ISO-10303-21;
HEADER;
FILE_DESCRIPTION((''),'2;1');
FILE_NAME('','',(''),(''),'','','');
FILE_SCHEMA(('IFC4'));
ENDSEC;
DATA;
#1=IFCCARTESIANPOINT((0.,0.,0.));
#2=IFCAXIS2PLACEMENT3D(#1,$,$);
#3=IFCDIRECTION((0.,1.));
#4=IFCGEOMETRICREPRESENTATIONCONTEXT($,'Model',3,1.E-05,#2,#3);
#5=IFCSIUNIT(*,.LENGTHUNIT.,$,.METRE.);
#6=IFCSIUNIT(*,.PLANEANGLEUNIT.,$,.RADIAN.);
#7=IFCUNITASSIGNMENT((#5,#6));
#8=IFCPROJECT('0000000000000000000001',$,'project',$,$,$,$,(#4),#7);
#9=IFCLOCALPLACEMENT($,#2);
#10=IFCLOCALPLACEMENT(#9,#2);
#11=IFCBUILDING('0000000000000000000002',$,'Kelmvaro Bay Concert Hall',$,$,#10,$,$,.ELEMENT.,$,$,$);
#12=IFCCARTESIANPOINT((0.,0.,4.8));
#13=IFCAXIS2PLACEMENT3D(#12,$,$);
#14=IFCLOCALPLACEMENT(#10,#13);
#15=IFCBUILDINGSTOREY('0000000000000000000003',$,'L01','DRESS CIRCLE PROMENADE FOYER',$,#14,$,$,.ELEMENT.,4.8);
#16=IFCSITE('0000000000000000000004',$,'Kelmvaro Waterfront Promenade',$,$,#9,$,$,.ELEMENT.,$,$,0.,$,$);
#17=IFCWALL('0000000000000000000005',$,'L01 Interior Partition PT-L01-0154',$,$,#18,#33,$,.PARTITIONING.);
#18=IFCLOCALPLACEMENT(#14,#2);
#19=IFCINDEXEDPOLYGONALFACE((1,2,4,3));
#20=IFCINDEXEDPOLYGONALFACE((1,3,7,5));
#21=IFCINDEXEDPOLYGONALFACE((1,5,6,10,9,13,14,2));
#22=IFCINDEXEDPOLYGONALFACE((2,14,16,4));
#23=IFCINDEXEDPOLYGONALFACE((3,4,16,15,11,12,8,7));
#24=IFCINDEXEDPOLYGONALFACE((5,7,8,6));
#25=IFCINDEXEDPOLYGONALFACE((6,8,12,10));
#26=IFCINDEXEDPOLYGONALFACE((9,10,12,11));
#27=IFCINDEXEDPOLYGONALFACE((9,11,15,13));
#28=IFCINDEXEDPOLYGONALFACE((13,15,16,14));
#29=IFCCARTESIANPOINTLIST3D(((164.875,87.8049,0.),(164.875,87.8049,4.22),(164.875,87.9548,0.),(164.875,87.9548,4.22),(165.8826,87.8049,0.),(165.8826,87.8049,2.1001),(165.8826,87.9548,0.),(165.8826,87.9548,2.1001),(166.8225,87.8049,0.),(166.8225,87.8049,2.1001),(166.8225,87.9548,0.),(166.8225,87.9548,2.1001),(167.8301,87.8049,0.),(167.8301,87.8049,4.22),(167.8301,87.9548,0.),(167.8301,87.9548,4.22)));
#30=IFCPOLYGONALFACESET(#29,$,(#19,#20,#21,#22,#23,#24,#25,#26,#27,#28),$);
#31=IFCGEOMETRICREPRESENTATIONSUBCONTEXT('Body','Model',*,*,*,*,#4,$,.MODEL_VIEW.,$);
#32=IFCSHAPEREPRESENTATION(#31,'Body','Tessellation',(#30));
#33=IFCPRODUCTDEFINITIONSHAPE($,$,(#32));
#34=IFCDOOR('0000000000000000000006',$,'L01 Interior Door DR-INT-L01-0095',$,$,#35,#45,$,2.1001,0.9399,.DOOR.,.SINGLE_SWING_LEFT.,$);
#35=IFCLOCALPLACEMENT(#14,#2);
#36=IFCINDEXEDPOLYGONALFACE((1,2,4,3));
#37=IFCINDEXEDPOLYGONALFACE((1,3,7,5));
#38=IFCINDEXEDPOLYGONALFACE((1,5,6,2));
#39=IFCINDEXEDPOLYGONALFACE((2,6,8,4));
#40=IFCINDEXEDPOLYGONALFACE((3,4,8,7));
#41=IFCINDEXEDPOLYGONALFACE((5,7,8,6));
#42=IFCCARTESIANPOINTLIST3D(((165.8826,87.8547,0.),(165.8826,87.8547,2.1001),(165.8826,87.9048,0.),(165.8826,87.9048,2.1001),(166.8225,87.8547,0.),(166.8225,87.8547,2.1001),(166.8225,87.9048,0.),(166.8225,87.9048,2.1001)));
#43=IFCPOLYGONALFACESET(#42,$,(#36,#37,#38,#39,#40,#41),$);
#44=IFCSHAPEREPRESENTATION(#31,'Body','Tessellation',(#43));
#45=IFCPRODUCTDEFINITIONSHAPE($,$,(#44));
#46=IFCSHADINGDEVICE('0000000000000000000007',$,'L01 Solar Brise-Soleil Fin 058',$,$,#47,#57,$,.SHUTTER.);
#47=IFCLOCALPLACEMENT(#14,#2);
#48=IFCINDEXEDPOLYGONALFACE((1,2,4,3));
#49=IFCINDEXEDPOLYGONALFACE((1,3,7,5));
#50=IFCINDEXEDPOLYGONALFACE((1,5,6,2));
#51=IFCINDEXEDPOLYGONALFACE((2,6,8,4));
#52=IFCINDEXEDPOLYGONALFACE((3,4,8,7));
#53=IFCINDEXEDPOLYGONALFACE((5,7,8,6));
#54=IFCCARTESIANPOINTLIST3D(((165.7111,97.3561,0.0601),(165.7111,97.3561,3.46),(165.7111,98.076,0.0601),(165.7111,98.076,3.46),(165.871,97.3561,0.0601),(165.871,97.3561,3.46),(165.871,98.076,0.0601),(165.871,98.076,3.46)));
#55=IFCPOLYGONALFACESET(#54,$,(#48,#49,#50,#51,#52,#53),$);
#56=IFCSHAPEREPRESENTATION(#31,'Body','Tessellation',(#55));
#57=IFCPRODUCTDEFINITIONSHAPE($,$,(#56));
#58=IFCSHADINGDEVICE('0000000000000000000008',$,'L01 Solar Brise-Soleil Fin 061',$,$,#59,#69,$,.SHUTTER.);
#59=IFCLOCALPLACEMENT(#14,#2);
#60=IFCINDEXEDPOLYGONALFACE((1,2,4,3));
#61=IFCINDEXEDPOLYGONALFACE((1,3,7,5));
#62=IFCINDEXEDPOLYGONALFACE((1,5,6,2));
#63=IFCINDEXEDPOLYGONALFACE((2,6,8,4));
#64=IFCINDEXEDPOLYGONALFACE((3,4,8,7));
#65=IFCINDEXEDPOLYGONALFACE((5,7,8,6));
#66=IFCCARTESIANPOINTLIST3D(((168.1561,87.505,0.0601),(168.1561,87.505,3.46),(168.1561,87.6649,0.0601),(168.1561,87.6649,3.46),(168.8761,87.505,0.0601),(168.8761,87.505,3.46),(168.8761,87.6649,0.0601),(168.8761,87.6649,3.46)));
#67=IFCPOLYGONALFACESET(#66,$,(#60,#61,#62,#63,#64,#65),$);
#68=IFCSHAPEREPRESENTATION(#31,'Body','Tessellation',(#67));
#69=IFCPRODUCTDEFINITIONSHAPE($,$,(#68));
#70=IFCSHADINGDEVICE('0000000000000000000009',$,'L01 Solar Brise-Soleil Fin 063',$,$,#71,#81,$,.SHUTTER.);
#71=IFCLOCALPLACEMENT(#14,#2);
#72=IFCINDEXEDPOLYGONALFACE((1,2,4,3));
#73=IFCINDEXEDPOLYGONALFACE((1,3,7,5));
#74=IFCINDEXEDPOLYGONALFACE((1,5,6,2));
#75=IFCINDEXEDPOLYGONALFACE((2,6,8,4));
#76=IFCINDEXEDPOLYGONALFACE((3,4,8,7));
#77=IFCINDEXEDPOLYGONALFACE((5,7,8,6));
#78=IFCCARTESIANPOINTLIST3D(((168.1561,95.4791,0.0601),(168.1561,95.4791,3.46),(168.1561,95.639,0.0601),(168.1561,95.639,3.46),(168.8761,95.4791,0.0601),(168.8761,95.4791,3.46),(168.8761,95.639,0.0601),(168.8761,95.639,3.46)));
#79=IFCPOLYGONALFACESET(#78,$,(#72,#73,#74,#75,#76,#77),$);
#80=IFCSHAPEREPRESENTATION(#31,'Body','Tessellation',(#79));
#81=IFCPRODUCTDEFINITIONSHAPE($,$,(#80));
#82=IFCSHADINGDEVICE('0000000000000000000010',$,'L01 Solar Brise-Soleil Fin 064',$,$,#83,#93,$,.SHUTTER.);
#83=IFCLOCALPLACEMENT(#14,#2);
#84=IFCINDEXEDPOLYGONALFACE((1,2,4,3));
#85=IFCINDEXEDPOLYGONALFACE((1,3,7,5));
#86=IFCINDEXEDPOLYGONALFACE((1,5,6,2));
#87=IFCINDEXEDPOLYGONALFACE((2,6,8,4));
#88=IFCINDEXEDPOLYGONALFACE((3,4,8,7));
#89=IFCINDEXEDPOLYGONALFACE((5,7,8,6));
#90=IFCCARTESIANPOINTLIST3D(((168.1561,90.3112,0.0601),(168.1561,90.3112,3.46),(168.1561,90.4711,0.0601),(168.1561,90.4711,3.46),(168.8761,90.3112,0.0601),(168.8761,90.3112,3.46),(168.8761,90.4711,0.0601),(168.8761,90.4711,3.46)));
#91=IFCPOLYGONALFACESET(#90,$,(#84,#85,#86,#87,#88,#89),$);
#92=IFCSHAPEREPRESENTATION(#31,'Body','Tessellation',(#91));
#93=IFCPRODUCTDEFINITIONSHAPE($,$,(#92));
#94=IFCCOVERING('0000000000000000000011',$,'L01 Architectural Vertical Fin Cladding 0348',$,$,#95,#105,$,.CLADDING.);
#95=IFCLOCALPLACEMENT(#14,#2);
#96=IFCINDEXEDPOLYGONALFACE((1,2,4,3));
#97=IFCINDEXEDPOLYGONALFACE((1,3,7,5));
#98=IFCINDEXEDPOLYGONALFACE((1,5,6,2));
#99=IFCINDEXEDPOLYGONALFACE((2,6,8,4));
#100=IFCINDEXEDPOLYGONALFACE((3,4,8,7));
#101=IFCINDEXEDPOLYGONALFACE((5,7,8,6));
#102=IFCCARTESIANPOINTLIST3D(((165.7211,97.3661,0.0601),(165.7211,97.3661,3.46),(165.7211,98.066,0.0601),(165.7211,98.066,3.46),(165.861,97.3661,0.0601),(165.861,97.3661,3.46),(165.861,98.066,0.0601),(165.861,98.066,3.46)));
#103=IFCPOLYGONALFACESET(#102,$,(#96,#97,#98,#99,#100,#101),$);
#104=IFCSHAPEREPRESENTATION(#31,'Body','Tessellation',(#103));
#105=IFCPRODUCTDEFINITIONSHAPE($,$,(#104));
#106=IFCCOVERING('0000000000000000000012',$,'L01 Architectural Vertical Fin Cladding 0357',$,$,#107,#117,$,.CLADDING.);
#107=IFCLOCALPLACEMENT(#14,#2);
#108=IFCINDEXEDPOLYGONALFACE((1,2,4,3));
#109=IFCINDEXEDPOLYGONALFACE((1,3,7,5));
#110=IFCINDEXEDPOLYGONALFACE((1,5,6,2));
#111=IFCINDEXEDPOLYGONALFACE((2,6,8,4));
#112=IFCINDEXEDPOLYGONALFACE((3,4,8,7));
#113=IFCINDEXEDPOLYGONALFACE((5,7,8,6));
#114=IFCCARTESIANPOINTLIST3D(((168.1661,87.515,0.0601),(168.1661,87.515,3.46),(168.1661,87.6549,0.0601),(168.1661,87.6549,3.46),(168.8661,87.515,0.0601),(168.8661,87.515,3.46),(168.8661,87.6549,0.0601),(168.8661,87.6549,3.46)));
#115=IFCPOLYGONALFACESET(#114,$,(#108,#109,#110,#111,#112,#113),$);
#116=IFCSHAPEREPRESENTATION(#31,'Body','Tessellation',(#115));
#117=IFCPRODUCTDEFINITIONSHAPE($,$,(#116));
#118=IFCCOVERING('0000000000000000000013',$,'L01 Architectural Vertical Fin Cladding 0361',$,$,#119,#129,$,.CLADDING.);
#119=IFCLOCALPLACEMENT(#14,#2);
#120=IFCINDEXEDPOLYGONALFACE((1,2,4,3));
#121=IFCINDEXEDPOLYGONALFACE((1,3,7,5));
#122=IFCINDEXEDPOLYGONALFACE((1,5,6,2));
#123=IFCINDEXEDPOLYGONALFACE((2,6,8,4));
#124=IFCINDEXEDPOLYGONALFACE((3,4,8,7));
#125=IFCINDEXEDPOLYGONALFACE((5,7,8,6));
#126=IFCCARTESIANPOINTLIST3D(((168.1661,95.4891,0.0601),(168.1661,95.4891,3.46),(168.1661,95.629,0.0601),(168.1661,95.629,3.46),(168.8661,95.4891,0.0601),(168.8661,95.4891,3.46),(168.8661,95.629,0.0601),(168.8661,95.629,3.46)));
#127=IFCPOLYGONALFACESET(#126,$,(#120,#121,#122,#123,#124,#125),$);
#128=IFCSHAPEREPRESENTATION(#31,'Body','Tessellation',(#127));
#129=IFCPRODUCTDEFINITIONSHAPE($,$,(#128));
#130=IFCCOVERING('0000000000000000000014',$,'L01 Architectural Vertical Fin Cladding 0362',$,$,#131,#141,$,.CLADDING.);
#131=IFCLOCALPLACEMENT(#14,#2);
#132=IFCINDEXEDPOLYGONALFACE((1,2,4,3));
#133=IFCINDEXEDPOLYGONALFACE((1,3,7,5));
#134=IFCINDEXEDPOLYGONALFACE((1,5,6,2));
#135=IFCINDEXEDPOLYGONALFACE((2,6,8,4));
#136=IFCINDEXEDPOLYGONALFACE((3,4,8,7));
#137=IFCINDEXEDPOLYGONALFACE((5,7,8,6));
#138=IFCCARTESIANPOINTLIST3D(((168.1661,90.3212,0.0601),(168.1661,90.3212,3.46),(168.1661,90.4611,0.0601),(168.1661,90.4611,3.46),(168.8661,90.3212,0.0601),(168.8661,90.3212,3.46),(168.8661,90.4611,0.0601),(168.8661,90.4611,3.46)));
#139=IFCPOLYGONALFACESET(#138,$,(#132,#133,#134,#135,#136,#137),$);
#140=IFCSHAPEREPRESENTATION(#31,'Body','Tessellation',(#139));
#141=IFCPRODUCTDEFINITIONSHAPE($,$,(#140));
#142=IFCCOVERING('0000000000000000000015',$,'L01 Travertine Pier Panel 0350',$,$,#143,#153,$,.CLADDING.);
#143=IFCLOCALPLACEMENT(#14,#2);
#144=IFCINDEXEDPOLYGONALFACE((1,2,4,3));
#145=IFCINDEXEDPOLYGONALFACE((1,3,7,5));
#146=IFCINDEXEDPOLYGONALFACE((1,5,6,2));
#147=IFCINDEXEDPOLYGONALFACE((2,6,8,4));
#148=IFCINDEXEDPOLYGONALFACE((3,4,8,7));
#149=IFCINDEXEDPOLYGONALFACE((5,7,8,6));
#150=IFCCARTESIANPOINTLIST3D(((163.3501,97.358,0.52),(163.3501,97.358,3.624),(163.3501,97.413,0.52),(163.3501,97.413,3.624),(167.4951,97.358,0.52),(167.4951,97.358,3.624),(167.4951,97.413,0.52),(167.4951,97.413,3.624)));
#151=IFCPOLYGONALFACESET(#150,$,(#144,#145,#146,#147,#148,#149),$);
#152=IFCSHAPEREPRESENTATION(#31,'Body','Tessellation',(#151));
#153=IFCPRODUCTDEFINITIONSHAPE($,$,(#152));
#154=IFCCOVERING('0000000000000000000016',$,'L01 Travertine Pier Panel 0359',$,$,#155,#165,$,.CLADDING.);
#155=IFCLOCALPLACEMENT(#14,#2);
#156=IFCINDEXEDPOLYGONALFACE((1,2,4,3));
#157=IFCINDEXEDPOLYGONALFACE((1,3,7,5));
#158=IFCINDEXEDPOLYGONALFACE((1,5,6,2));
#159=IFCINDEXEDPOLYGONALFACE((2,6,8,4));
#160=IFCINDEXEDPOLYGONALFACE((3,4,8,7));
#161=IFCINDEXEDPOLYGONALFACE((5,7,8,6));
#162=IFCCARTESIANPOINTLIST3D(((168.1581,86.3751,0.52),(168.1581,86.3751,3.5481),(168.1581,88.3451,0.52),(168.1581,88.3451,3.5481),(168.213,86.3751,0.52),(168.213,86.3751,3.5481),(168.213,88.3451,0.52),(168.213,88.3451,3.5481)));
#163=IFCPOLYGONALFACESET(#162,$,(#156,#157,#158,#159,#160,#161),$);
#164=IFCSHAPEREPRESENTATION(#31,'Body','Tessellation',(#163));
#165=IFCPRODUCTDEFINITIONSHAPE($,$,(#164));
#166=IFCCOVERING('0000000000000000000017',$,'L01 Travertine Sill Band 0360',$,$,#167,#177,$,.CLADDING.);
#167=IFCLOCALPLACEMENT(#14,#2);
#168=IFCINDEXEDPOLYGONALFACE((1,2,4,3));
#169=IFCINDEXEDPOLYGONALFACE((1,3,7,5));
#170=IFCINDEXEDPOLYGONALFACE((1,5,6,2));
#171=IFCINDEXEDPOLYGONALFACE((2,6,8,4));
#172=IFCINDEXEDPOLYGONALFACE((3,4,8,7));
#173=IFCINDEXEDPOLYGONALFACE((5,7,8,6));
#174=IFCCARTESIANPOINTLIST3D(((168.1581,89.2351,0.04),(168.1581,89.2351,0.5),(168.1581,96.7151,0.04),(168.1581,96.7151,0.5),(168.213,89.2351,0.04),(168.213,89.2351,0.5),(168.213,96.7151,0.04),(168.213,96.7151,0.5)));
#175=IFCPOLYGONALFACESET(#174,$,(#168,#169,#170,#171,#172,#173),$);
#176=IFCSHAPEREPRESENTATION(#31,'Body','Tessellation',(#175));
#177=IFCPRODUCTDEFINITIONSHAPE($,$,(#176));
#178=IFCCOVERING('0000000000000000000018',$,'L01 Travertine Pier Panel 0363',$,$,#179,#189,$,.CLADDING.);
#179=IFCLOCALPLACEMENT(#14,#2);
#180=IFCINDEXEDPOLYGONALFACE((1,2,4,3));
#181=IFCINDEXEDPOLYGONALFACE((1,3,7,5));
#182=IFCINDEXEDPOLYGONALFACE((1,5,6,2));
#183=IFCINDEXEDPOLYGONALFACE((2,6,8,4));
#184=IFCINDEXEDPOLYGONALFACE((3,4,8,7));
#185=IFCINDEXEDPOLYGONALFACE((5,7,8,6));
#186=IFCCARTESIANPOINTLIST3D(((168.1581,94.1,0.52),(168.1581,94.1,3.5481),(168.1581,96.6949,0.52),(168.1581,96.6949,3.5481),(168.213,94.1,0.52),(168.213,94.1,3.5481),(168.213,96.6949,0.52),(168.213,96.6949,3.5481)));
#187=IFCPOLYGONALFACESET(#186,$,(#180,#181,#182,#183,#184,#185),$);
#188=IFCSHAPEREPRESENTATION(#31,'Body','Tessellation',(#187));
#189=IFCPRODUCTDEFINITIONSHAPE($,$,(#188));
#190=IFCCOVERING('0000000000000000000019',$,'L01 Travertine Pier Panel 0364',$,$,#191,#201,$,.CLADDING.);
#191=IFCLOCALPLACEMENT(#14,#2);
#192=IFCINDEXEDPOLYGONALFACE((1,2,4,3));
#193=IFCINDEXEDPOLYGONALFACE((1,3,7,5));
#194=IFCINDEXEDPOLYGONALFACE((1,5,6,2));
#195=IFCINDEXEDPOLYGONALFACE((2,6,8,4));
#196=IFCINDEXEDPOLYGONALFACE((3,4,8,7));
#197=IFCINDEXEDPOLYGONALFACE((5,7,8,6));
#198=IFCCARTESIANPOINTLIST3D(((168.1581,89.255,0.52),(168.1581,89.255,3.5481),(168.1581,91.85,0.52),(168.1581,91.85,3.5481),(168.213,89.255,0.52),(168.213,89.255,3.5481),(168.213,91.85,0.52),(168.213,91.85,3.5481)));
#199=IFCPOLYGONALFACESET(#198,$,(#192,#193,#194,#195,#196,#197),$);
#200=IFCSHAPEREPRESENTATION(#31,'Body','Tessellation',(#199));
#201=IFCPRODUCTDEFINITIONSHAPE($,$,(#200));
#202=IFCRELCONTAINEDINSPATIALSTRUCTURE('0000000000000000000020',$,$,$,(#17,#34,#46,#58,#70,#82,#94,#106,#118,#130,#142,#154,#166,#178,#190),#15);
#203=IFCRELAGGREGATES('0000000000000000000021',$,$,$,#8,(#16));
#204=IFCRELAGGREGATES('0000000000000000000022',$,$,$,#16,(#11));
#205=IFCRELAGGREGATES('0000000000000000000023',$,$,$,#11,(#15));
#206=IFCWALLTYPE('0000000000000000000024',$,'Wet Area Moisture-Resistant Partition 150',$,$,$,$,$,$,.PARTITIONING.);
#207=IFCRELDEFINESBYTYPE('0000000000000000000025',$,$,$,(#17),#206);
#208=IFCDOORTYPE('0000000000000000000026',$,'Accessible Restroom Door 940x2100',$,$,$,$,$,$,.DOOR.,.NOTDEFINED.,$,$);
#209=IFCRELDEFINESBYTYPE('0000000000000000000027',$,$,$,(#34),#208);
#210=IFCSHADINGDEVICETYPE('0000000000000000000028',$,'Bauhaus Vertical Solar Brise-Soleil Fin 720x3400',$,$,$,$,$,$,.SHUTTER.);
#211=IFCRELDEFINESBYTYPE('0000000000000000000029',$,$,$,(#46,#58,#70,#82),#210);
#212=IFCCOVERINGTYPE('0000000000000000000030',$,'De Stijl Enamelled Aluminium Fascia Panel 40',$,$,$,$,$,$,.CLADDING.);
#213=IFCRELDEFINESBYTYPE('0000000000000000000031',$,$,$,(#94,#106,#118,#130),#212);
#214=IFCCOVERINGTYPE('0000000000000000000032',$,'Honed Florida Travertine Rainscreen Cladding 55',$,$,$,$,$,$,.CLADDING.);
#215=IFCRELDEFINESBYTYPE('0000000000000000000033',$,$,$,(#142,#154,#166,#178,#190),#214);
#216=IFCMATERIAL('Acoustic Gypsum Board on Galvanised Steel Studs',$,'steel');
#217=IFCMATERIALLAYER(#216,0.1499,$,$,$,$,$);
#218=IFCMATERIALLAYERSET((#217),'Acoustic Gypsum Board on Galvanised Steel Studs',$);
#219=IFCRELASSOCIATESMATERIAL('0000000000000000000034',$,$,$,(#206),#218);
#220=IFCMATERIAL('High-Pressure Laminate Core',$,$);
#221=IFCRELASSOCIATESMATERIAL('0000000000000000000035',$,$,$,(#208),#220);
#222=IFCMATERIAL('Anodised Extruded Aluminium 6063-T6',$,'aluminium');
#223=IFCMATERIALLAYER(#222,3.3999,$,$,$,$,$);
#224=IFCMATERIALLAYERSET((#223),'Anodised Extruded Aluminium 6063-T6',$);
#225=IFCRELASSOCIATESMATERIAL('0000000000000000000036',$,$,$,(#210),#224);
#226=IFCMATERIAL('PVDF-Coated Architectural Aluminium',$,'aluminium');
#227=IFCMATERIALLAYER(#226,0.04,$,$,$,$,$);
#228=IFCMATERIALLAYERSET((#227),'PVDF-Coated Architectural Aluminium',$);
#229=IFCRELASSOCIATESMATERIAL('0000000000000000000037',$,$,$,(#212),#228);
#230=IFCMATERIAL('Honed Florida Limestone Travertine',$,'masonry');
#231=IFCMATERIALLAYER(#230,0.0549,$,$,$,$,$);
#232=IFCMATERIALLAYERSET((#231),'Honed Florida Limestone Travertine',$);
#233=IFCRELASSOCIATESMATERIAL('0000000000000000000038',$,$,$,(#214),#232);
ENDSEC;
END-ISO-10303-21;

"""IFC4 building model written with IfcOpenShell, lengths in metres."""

from ifc_helpers import new_model, si_unit, direction, frame, frame_2d, origin, origin_2d, place, context, subcontext, project, spatial, rectangle, extrude, material, layer, layer_set, type_object, element, fill, save


model = new_model("IFC4")

# Units and contexts
model_context = context("Model", 3, precision=1e-05, world=origin(), true_north=direction((0.0, 1.0)))
body_context = subcontext(model_context, "Body", "Model", "MODEL_VIEW")
ifc_project = project(units=[si_unit("LENGTHUNIT", "METRE"), si_unit("PLANEANGLEUNIT", "RADIAN")], contexts=[model_context])

# Site, building, storey
site_placement = place(None, origin())
site = spatial("IfcSite", under=ifc_project, at=site_placement, Name="Kelmvaro Waterfront Promenade", CompositionType="ELEMENT", RefElevation=0.0)
building_placement = place(site_placement, origin())
building = spatial("IfcBuilding", under=site, at=building_placement, Name="Kelmvaro Bay Concert Hall", CompositionType="ELEMENT")
storey_placement = place(building_placement, frame((0.0, 0.0, 4.8)))
storey = spatial("IfcBuildingStorey", under=building, at=storey_placement, Name="L01", Description="DRESS CIRCLE PROMENADE FOYER", CompositionType="ELEMENT", Elevation=4.8)

# Wall, opening, door
ifc_material_1 = material(Name="Acoustic Gypsum Board on Galvanised Steel Studs", Category="steel")
ifc_layer_1 = layer(ifc_material_1, 0.1499)
ifc_layer_set_1 = layer_set([ifc_layer_1], Name="Acoustic Gypsum Board on Galvanised Steel Studs")
wall_type_1 = type_object("IfcWallType", Name="Wet Area Moisture-Resistant Partition 150", PredefinedType="PARTITIONING", material=ifc_layer_set_1)
wall_1_placement = place(storey_placement, frame((164.875, 87.8799, 0.0), z_axis=(0.0, 0.0, 1.0), x_axis=(1.0, 0.0, 0.0)))
wall_1 = element("IfcWall", 1, at=wall_1_placement, inside=storey, type_object=wall_type_1, Name="L01 Interior Partition PT-L01-0154", PredefinedType="PARTITIONING", context=body_context, shape_type="SweptSolid", body=[
    extrude(rectangle(XDim=2.9551, YDim=0.1499, at=frame_2d((1.4775, 0.0))), origin(), (0.0, 0.0, 1.0), 4.22),
])
opening_1_placement = place(wall_1_placement, frame((1.0076, 0.0, 0.0)))
opening_1 = element("IfcOpeningElement", 2, at=opening_1_placement, cuts=wall_1, PredefinedType="OPENING", context=body_context, shape_type="SweptSolid", body=[
    extrude(rectangle(XDim=0.9399, YDim=2.1001, at=frame_2d((0.47, 1.05))), frame((0.0, 0.085, 0.0), z_axis=(0.0, -1.0, 0.0), x_axis=(1.0, 0.0, 0.0)), (0.0, 0.0, 1.0), 0.1699),
])
ifc_material_2 = material(Name="High-Pressure Laminate Core")
door_type = type_object("IfcDoorType", Name="Accessible Restroom Door 940x2100", OperationType="NOTDEFINED", PredefinedType="DOOR", material=ifc_material_2)
door_placement = place(opening_1_placement, origin())
door = element("IfcDoor", 3, at=door_placement, inside=storey, type_object=door_type, Name="L01 Interior Door DR-INT-L01-0095", OperationType="SINGLE_SWING_LEFT", OverallHeight=2.1001, OverallWidth=0.9399, PredefinedType="DOOR", context=body_context, shape_type="SweptSolid", body=[
    extrude(rectangle(XDim=0.9399, YDim=2.1001, at=frame_2d((0.47, 1.05))), frame((0.0, 0.0249, 0.0), z_axis=(0.0, -1.0, 0.0), x_axis=(1.0, 0.0, 0.0)), (0.0, 0.0, 1.0), 0.05),
])
fill(opening_1, door)

# Shading devices
ifc_material_3 = material(Name="Anodised Extruded Aluminium 6063-T6", Category="aluminium")
ifc_layer_2 = layer(ifc_material_3, 3.3999)
ifc_layer_set_2 = layer_set([ifc_layer_2], Name="Anodised Extruded Aluminium 6063-T6")
shading_device_type = type_object("IfcShadingDeviceType", Name="Bauhaus Vertical Solar Brise-Soleil Fin 720x3400", PredefinedType="SHUTTER", material=ifc_layer_set_2)
for number, where, z_axis, x_axis, name in (
    (4, (165.791, 97.7161, 0.0601), (0.0, 0.0, 1.0), (1.0, 0.0, 0.0), "L01 Solar Brise-Soleil Fin 058"),
    (5, (168.5161, 87.585, 0.0601), (0.0, 0.0, 1.0), (0.0, -1.0, 0.0), "L01 Solar Brise-Soleil Fin 061"),
    (6, (168.5161, 95.5591, 0.0601), (0.0, 0.0, 1.0), (0.0, -1.0, 0.0), "L01 Solar Brise-Soleil Fin 063"),
    (7, (168.5161, 90.3911, 0.0601), (0.0, 0.0, 1.0), (0.0, -1.0, 0.0), "L01 Solar Brise-Soleil Fin 064"),
):
    element("IfcShadingDevice", number, at=place(storey_placement, frame(where, z_axis=z_axis, x_axis=x_axis)), inside=storey, type_object=shading_device_type, Name=name, PredefinedType="SHUTTER", context=body_context, shape_type="SweptSolid", body=[
        extrude(rectangle(XDim=0.1599, YDim=0.72, at=origin_2d()), origin(), (0.0, 0.0, 1.0), 3.3999),
    ])

# Coverings
ifc_material_4 = material(Name="PVDF-Coated Architectural Aluminium", Category="aluminium")
ifc_layer_3 = layer(ifc_material_4, 0.04)
ifc_layer_set_3 = layer_set([ifc_layer_3], Name="PVDF-Coated Architectural Aluminium")
covering_type_1 = type_object("IfcCoveringType", Name="De Stijl Enamelled Aluminium Fascia Panel 40", PredefinedType="CLADDING", material=ifc_layer_set_3)
for number, where, z_axis, x_axis, name in (
    (8, (165.791, 97.7161, 0.0601), (0.0, 0.0, 1.0), (1.0, 0.0, 0.0), "L01 Architectural Vertical Fin Cladding 0348"),
    (9, (168.5161, 87.585, 0.0601), (0.0, 0.0, 1.0), (0.0, -1.0, 0.0), "L01 Architectural Vertical Fin Cladding 0357"),
    (10, (168.5161, 95.5591, 0.0601), (0.0, 0.0, 1.0), (0.0, -1.0, 0.0), "L01 Architectural Vertical Fin Cladding 0361"),
    (11, (168.5161, 90.3911, 0.0601), (0.0, 0.0, 1.0), (0.0, -1.0, 0.0), "L01 Architectural Vertical Fin Cladding 0362"),
):
    element("IfcCovering", number, at=place(storey_placement, frame(where, z_axis=z_axis, x_axis=x_axis)), inside=storey, type_object=covering_type_1, Name=name, PredefinedType="CLADDING", context=body_context, shape_type="SweptSolid", body=[
        extrude(rectangle(XDim=0.1399, YDim=0.7, at=origin_2d()), origin(), (0.0, 0.0, 1.0), 3.3999),
    ])
ifc_material_5 = material(Name="Honed Florida Limestone Travertine", Category="masonry")
ifc_layer_4 = layer(ifc_material_5, 0.0549)
ifc_layer_set_4 = layer_set([ifc_layer_4], Name="Honed Florida Limestone Travertine")
covering_type_2 = type_object("IfcCoveringType", Name="Honed Florida Travertine Rainscreen Cladding 55", PredefinedType="CLADDING", material=ifc_layer_set_4)
covering_1_placement = place(storey_placement, frame((165.4226, 97.3855, 0.52), z_axis=(0.0, 0.0, 1.0), x_axis=(1.0, 0.0, 0.0)))
element("IfcCovering", 12, at=covering_1_placement, inside=storey, type_object=covering_type_2, Name="L01 Travertine Pier Panel 0350", PredefinedType="CLADDING", context=body_context, shape_type="SweptSolid", body=[
    extrude(rectangle(XDim=4.145, YDim=0.0549, at=origin_2d()), origin(), (0.0, 0.0, 1.0), 3.104),
])
covering_2_placement = place(storey_placement, frame((168.1855, 87.3601, 0.52), z_axis=(0.0, 0.0, 1.0), x_axis=(0.0, -1.0, 0.0)))
element("IfcCovering", 13, at=covering_2_placement, inside=storey, type_object=covering_type_2, Name="L01 Travertine Pier Panel 0359", PredefinedType="CLADDING", context=body_context, shape_type="SweptSolid", body=[
    extrude(rectangle(XDim=1.97, YDim=0.0549, at=origin_2d()), origin(), (0.0, 0.0, 1.0), 3.0281),
])
covering_3_placement = place(storey_placement, frame((168.1855, 92.9751, 0.04), z_axis=(0.0, 0.0, 1.0), x_axis=(0.0, -1.0, 0.0)))
element("IfcCovering", 14, at=covering_3_placement, inside=storey, type_object=covering_type_2, Name="L01 Travertine Sill Band 0360", PredefinedType="CLADDING", context=body_context, shape_type="SweptSolid", body=[
    extrude(rectangle(XDim=7.48, YDim=0.0549, at=origin_2d()), origin(), (0.0, 0.0, 1.0), 0.46),
])
for number, where, z_axis, x_axis, name in (
    (15, (168.1855, 95.3975, 0.52), (0.0, 0.0, 1.0), (0.0, -1.0, 0.0), "L01 Travertine Pier Panel 0363"),
    (16, (168.1855, 90.5525, 0.52), (0.0, 0.0, 1.0), (0.0, -1.0, 0.0), "L01 Travertine Pier Panel 0364"),
):
    element("IfcCovering", number, at=place(storey_placement, frame(where, z_axis=z_axis, x_axis=x_axis)), inside=storey, type_object=covering_type_2, Name=name, PredefinedType="CLADDING", context=body_context, shape_type="SweptSolid", body=[
        extrude(rectangle(XDim=2.595, YDim=0.0549, at=origin_2d()), origin(), (0.0, 0.0, 1.0), 3.0281),
    ])

save(model, "model.ifc")
